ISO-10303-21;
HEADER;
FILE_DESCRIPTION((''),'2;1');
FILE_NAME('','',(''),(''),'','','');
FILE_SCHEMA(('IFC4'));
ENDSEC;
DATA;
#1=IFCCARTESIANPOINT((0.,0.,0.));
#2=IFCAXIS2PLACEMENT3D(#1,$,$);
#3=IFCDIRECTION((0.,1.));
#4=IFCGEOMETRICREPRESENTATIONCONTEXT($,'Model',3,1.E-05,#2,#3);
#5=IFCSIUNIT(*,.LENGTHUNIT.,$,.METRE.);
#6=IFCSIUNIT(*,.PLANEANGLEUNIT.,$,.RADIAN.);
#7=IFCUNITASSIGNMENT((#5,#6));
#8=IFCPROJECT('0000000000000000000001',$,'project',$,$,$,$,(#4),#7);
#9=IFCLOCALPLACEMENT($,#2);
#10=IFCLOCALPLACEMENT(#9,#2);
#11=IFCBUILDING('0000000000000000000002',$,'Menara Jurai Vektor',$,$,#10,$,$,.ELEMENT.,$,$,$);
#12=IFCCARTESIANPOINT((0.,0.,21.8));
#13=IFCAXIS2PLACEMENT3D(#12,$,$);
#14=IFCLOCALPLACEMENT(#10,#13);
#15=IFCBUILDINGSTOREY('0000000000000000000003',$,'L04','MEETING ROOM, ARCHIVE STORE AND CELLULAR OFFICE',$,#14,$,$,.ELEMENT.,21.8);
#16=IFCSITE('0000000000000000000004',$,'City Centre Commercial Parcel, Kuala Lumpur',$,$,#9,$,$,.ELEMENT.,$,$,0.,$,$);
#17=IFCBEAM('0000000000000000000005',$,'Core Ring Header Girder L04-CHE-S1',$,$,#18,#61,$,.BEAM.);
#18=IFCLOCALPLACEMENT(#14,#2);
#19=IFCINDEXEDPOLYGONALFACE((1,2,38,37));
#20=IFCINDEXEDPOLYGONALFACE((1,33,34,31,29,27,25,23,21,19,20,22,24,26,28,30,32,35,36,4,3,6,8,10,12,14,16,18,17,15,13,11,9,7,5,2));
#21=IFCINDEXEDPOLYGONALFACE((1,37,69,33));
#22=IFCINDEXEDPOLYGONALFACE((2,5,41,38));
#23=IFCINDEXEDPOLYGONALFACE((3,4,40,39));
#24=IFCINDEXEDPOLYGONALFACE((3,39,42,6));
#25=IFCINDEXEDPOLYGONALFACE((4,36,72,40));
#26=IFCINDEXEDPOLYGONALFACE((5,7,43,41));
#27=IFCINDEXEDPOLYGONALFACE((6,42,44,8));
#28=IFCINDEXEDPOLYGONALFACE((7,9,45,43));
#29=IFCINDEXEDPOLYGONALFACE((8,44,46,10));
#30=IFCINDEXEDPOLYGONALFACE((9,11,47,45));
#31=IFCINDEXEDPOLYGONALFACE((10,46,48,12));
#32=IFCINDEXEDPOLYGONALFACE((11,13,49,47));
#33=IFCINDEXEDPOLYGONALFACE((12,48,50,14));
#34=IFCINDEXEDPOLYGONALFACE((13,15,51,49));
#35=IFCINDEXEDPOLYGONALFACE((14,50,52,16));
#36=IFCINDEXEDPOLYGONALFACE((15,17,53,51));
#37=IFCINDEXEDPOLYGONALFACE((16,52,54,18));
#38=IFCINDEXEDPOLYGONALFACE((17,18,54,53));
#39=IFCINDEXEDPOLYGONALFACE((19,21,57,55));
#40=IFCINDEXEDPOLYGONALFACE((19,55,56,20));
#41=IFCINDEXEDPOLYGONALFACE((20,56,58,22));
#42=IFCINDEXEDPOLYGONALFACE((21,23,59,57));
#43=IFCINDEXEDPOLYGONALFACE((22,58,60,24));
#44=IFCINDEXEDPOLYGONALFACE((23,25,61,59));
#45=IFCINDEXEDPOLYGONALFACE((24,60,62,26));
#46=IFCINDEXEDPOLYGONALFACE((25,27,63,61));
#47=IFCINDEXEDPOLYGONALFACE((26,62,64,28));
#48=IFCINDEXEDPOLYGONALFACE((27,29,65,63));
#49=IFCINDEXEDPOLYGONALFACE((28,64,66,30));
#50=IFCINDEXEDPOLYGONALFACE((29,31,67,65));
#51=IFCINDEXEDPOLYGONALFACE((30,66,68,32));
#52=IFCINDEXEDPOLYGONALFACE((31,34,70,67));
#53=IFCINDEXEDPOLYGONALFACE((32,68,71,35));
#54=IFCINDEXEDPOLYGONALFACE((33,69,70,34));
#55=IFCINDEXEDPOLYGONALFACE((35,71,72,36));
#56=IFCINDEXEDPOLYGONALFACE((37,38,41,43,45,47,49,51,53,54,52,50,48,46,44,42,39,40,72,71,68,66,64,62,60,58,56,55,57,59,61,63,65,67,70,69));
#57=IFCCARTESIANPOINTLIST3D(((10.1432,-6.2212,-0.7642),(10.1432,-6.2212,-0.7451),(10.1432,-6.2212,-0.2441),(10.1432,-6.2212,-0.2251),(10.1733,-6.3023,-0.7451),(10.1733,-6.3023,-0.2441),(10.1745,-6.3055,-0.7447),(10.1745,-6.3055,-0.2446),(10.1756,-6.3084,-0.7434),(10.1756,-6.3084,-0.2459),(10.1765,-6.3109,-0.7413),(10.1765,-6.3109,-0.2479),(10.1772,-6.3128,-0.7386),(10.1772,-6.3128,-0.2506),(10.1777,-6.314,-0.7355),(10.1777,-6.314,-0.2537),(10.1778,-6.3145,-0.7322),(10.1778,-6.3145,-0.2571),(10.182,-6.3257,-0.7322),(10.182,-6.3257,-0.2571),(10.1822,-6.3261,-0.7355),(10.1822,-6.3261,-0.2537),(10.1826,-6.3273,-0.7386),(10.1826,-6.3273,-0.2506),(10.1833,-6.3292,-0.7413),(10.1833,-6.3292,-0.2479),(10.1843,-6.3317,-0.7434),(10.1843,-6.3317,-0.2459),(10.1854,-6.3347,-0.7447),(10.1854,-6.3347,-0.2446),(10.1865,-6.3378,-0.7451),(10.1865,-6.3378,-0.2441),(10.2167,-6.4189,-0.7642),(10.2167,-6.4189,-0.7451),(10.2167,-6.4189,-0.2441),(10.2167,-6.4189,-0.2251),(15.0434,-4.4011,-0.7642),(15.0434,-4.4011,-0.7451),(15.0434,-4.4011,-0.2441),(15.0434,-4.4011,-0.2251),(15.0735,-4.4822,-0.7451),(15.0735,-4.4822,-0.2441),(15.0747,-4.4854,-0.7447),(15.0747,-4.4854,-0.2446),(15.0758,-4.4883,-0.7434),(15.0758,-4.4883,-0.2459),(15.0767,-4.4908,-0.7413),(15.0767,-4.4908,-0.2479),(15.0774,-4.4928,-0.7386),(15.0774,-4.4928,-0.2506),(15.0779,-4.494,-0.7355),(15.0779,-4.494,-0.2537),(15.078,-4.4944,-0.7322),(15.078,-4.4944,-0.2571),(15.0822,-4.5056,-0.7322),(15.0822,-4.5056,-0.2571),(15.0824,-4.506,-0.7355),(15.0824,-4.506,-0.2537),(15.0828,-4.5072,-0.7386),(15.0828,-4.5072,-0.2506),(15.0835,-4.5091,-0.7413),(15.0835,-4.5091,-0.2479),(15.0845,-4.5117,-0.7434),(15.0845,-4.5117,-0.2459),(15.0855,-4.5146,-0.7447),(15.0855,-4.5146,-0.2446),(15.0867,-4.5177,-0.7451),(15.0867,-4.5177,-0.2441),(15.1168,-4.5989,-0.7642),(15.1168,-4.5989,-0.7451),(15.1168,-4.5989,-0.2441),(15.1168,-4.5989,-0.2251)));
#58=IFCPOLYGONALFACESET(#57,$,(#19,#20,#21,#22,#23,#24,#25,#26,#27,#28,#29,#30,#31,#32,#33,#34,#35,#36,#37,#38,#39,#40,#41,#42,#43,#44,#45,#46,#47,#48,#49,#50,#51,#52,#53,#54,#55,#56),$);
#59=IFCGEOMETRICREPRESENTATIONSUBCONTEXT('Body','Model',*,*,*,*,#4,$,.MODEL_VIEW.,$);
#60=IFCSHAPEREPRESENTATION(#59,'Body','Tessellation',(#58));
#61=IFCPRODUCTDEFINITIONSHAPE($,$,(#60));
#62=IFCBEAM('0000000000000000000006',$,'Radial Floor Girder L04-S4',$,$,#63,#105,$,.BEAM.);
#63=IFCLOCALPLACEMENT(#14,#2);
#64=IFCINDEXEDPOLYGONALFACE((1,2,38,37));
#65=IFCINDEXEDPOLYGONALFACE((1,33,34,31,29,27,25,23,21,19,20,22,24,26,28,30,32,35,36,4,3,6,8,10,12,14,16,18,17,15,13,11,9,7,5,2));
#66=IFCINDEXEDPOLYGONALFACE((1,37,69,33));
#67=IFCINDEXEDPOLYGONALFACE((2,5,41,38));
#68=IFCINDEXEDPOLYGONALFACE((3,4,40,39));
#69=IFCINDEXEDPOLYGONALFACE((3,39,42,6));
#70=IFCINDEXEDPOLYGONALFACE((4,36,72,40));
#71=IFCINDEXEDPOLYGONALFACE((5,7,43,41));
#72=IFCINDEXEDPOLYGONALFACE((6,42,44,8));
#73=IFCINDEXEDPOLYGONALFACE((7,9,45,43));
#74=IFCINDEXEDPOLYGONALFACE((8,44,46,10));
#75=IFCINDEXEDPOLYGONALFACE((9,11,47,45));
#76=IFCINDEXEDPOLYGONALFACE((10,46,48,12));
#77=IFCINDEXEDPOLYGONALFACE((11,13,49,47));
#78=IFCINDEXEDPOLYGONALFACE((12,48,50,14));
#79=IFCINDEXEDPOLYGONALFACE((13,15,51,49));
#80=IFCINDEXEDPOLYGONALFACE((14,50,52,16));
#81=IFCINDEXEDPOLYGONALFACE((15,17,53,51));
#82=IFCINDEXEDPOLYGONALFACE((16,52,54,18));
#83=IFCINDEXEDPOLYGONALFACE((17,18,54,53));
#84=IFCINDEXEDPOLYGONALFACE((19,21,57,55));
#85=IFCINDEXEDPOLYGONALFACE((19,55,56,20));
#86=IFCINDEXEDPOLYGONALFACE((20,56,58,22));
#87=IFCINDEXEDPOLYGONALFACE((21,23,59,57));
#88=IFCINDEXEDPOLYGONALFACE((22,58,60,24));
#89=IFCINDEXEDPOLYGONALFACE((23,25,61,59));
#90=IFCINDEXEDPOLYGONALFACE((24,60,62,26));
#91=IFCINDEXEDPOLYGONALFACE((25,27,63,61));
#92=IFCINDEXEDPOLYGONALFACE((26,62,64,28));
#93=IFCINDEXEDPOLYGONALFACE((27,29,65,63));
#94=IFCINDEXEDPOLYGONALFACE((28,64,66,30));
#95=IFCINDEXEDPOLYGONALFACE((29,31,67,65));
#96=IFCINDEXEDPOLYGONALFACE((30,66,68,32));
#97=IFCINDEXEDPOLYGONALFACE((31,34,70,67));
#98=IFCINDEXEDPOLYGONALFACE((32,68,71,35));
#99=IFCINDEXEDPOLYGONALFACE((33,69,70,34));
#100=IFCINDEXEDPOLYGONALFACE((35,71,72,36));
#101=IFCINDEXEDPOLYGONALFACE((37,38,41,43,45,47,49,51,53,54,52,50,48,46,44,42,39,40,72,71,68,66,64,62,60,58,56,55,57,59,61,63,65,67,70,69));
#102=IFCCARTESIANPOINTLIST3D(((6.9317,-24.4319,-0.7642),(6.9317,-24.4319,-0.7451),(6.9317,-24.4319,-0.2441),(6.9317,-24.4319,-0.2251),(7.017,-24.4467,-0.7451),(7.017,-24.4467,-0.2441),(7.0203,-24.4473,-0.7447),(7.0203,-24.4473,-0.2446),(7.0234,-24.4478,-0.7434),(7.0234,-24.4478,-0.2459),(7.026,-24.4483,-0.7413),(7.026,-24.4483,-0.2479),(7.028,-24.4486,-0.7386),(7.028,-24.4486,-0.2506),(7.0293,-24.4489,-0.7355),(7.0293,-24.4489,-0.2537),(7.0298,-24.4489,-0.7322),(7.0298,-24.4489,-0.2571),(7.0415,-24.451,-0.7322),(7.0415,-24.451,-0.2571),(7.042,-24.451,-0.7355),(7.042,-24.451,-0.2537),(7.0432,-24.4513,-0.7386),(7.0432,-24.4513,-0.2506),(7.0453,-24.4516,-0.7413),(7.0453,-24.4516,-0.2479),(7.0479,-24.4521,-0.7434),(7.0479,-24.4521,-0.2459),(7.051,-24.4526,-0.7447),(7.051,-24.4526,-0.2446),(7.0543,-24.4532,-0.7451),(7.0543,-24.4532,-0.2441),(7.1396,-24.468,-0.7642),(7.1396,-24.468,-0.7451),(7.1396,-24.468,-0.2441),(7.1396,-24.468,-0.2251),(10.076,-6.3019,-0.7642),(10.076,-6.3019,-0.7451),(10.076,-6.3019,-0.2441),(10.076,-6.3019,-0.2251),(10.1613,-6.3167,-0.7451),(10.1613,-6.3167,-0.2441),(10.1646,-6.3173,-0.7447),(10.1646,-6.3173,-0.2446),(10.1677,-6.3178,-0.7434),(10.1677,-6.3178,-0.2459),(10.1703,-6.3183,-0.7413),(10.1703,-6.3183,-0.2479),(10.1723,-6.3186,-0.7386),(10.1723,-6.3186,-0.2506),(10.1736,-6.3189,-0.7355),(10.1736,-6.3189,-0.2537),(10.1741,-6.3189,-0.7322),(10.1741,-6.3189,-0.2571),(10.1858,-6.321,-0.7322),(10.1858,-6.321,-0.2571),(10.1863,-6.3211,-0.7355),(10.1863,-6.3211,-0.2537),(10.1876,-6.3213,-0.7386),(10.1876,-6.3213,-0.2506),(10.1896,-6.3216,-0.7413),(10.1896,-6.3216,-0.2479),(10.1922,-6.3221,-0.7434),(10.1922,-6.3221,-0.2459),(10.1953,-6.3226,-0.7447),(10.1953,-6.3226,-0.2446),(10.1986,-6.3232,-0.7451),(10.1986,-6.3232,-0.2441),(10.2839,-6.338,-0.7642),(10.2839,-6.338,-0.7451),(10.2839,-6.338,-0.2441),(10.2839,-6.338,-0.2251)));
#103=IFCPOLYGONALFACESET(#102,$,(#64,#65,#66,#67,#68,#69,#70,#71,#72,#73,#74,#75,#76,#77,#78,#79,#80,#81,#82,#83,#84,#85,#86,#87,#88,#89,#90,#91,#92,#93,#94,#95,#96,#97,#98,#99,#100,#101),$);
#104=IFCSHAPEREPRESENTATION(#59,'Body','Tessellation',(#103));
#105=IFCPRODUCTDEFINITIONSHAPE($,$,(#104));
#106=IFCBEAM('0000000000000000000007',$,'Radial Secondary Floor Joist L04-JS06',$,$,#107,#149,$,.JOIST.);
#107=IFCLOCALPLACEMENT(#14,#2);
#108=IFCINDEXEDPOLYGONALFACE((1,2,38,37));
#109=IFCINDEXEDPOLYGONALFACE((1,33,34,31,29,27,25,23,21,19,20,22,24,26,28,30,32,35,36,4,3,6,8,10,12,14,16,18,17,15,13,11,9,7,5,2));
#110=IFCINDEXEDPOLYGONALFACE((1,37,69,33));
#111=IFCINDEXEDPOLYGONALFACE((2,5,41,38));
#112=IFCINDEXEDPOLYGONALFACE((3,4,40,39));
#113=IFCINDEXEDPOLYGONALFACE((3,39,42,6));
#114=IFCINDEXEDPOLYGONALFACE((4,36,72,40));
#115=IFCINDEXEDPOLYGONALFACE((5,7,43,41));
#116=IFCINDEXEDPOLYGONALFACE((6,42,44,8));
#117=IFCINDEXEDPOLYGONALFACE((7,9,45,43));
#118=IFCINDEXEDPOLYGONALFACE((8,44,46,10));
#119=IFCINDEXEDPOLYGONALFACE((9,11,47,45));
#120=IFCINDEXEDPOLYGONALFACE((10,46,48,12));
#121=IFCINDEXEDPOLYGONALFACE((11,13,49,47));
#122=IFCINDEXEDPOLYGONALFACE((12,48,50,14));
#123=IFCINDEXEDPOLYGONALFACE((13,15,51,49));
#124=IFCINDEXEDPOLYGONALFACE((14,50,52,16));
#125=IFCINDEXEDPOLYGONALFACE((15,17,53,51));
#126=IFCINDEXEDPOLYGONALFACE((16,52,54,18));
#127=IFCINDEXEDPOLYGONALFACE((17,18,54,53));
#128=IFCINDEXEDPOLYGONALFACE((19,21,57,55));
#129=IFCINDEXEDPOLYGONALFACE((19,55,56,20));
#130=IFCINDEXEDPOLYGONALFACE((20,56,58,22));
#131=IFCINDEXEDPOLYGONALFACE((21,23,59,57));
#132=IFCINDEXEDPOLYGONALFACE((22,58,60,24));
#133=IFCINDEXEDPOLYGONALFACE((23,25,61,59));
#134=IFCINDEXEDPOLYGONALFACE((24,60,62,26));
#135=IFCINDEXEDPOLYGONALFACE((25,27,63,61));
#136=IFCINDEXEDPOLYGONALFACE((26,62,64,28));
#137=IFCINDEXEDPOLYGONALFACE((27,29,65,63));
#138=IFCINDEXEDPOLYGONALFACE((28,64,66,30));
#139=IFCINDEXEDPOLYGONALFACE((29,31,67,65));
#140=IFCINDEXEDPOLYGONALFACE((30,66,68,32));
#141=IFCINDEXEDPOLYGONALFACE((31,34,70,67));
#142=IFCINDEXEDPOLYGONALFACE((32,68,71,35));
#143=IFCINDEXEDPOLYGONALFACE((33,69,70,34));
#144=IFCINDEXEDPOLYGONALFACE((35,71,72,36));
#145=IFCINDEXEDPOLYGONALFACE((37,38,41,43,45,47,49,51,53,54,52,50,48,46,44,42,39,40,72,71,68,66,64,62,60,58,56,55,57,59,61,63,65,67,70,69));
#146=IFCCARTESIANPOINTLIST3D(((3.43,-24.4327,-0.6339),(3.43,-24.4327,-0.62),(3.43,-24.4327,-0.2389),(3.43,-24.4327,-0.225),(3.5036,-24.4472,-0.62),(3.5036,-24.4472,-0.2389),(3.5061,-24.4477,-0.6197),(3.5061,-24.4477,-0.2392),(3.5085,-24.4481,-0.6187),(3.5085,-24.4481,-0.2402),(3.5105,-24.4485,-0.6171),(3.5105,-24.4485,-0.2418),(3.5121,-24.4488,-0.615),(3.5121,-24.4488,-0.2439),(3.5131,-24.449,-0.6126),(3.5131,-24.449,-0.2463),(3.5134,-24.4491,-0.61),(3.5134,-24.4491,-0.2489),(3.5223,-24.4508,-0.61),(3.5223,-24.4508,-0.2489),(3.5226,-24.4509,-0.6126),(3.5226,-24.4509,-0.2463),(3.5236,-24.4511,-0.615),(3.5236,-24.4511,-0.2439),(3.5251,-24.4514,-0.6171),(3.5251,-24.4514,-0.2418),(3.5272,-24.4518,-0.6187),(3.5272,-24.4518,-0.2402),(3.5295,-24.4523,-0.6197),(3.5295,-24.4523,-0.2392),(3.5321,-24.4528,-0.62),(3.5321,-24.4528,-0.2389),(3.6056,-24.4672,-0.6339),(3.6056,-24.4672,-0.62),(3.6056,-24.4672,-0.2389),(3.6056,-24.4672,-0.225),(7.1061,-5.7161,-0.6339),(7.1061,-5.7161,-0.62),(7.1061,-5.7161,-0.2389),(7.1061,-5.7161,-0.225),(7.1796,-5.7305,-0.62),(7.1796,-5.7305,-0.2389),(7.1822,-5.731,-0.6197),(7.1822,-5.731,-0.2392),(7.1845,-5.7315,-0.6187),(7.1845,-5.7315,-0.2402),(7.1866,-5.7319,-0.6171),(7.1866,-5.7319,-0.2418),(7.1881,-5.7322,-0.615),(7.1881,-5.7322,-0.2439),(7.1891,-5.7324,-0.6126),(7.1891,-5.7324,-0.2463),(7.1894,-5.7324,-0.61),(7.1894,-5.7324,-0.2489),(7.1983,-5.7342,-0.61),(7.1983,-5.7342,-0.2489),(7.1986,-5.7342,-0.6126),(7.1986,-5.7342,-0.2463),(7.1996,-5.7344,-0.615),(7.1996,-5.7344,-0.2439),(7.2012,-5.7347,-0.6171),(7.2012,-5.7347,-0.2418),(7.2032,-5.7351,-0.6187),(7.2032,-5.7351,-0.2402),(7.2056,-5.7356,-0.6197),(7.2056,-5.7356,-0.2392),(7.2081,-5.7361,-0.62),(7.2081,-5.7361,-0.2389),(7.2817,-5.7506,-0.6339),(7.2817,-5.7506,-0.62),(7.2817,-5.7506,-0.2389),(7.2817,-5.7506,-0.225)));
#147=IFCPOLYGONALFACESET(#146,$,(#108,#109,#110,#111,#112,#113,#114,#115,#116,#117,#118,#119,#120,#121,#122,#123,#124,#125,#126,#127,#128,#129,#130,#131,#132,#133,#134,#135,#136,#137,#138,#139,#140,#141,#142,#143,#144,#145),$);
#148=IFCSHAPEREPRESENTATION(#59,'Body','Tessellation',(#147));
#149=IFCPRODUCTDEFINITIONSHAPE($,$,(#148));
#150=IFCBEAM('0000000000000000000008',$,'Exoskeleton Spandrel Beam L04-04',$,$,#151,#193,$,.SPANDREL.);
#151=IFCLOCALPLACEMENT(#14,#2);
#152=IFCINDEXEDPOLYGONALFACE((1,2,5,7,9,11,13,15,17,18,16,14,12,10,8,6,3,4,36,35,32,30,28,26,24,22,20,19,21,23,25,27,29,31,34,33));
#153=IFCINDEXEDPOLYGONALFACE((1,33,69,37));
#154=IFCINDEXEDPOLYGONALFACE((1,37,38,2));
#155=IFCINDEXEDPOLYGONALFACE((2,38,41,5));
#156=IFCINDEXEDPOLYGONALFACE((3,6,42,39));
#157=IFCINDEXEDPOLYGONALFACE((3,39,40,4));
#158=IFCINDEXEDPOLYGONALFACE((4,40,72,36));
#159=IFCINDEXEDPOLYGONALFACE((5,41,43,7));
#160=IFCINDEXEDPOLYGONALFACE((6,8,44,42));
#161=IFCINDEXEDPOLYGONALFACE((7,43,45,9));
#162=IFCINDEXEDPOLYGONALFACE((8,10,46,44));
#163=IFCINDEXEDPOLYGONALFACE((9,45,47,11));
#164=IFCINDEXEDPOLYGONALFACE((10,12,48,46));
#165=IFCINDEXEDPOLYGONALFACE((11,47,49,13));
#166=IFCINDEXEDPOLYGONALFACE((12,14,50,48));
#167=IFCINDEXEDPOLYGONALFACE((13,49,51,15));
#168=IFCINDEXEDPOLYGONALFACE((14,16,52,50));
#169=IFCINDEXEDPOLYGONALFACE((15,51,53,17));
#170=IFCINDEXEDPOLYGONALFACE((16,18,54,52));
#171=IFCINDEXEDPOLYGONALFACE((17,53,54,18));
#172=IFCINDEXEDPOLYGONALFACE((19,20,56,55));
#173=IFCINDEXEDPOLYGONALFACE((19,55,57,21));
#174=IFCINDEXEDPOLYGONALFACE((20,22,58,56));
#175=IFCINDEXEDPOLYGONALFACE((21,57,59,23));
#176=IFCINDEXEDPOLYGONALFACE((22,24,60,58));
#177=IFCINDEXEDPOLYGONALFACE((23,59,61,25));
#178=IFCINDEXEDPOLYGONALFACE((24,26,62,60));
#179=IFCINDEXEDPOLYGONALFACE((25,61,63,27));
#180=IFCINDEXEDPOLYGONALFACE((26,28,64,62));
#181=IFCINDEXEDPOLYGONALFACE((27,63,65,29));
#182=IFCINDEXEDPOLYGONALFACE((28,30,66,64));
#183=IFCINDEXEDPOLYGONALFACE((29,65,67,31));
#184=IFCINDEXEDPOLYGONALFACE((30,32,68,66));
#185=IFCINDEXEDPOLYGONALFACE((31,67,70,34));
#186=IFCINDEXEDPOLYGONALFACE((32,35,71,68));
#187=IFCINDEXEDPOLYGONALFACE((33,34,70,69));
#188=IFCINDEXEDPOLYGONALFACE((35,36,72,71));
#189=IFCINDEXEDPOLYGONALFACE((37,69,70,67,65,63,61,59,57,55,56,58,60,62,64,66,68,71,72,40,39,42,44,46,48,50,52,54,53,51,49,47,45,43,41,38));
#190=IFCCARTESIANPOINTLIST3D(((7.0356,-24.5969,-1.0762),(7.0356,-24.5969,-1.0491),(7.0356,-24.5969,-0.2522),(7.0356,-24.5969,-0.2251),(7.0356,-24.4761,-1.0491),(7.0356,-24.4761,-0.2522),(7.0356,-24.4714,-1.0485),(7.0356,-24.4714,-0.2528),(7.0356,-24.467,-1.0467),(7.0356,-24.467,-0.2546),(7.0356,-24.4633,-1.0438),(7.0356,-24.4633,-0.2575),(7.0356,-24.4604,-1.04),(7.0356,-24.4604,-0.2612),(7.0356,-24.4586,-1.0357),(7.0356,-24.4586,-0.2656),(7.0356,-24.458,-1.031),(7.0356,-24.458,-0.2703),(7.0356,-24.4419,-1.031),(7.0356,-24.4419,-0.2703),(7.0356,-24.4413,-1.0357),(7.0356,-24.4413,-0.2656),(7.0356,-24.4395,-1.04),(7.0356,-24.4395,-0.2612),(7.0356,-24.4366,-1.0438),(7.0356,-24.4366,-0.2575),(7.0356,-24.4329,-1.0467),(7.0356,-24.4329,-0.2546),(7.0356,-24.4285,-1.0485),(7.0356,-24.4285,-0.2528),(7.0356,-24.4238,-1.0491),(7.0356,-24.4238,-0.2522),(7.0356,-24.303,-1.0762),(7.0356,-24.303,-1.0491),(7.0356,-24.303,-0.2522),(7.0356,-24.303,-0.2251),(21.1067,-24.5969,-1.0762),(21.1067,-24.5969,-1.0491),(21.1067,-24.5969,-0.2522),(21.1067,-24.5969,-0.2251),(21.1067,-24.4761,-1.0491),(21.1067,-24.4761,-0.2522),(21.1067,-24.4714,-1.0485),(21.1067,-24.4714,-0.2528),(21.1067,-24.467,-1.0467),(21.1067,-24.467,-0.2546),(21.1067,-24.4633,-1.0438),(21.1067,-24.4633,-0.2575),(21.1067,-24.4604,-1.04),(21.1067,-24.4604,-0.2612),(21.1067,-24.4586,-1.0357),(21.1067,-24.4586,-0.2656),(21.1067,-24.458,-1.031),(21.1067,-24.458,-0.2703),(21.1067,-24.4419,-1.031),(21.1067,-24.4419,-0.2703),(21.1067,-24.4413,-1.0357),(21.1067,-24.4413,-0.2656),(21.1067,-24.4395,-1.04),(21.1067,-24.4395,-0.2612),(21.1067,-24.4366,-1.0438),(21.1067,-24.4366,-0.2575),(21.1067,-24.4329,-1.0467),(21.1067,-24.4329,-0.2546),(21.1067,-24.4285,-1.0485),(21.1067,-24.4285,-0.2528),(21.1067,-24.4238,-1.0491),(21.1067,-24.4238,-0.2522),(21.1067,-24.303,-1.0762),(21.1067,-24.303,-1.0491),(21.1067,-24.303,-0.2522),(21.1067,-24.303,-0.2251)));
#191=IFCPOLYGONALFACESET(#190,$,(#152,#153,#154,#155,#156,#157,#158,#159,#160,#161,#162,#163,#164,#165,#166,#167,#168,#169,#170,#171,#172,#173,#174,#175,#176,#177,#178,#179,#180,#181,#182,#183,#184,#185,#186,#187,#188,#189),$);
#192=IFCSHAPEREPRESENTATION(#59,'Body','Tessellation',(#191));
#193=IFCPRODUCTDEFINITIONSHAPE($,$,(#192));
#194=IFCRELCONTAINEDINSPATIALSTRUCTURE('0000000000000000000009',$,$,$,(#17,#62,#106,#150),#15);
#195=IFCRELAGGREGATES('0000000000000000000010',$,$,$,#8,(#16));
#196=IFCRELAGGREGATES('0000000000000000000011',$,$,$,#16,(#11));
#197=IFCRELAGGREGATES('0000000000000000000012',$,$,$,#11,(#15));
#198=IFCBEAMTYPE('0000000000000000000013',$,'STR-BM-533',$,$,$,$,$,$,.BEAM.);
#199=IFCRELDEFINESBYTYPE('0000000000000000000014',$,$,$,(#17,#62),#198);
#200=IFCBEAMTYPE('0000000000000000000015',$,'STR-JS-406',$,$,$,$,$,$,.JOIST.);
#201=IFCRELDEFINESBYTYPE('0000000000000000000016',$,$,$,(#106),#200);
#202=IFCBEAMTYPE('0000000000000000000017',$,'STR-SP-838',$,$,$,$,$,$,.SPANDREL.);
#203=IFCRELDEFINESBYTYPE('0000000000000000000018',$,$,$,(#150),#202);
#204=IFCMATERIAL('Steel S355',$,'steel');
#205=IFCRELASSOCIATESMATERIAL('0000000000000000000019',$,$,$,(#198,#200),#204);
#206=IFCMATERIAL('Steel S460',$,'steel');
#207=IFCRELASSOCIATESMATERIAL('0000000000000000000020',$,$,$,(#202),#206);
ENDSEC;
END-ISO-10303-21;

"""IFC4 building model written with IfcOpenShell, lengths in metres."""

from ifc_helpers import new_model, si_unit, direction, frame, origin, origin_2d, place, context, subcontext, project, spatial, i_section, extrude, material, material_profile, profile_set, type_object, element, save


model = new_model("IFC4")

# Units and contexts
model_context = context("Model", 3, precision=1e-05, world=origin(), true_north=direction((0.0, 1.0)))
body_context = subcontext(model_context, "Body", "Model", "MODEL_VIEW")
ifc_project = project(units=[si_unit("LENGTHUNIT", "METRE"), si_unit("PLANEANGLEUNIT", "RADIAN")], contexts=[model_context])

# Site, building, storey
site_placement = place(None, origin())
site = spatial("IfcSite", under=ifc_project, at=site_placement, Name="City Centre Commercial Parcel, Kuala Lumpur", CompositionType="ELEMENT", RefElevation=0.0)
building_placement = place(site_placement, origin())
building = spatial("IfcBuilding", under=site, at=building_placement, Name="Menara Jurai Vektor", CompositionType="ELEMENT")
storey_placement = place(building_placement, frame((0.0, 0.0, 21.8)))
storey = spatial("IfcBuildingStorey", under=building, at=storey_placement, Name="L04", Description="MEETING ROOM, ARCHIVE STORE AND CELLULAR OFFICE", CompositionType="ELEMENT", Elevation=21.8)

# Shared definitions
ifc_material_1 = material(Name="Steel S460", Category="steel")

# Beams
ifc_material_2 = material(Name="Steel S355", Category="steel")
ifc_material_profile_1 = material_profile(ifc_material_2, i_section(OverallWidth=0.2109, OverallDepth=0.5391, WebThickness=0.012, FlangeThickness=0.019, FilletRadius=0.0129, at=origin_2d()), Name="UKB 533x210x109")
ifc_profile_set_1 = profile_set([ifc_material_profile_1], Name="Steel S355")
beam_type_1 = type_object("IfcBeamType", Name="STR-BM-533", PredefinedType="BEAM", material=ifc_profile_set_1)
beam_1_placement = place(storey_placement, frame((10.1799, -6.3201, -0.4946), z_axis=(0.937424, 0.348189, 0.0), x_axis=(-0.348189, 0.937424, 0.0)))
element("IfcBeam", 1, at=beam_1_placement, inside=storey, type_object=beam_type_1, Name="Core Ring Header Girder L04-CHE-S1", PredefinedType="BEAM", context=body_context, shape_type="SweptSolid", body=[
    extrude(i_section(OverallWidth=0.2109, OverallDepth=0.5391, WebThickness=0.012, FlangeThickness=0.019, FilletRadius=0.0129, at=origin_2d()), origin(), (0.0, 0.0, 1.0), 5.2273),
])
beam_2_placement = place(storey_placement, frame((7.0356, -24.45, -0.4946), z_axis=(0.17088, 0.985292, 0.0), x_axis=(-0.985292, 0.17088, 0.0)))
element("IfcBeam", 2, at=beam_2_placement, inside=storey, type_object=beam_type_1, Name="Radial Floor Girder L04-S4", PredefinedType="BEAM", context=body_context, shape_type="SweptSolid", body=[
    extrude(i_section(OverallWidth=0.2109, OverallDepth=0.5391, WebThickness=0.012, FlangeThickness=0.019, FilletRadius=0.0129, at=origin_2d()), origin(), (0.0, 0.0, 1.0), 18.4006),
])
ifc_material_profile_2 = material_profile(ifc_material_2, i_section(OverallWidth=0.179, OverallDepth=0.4089, WebThickness=0.009, FlangeThickness=0.0139, FilletRadius=0.01, at=origin_2d()), Name="UKB 406x178x67")
ifc_profile_set_2 = profile_set([ifc_material_profile_2], Name="Steel S355")
beam_type_2 = type_object("IfcBeamType", Name="STR-JS-406", PredefinedType="JOIST", material=ifc_profile_set_2)
beam_3_placement = place(storey_placement, frame((3.5178, -24.45, -0.4294), z_axis=(0.192723, 0.981253, 0.0), x_axis=(-0.981253, 0.192723, 0.0)))
element("IfcBeam", 3, at=beam_3_placement, inside=storey, type_object=beam_type_2, Name="Radial Secondary Floor Joist L04-JS06", PredefinedType="JOIST", context=body_context, shape_type="SweptSolid", body=[
    extrude(i_section(OverallWidth=0.179, OverallDepth=0.4089, WebThickness=0.009, FlangeThickness=0.0139, FilletRadius=0.01, at=origin_2d()), origin(), (0.0, 0.0, 1.0), 19.0742),
])
ifc_material_profile_3 = material_profile(ifc_material_1, i_section(OverallWidth=0.2939, OverallDepth=0.8511, WebThickness=0.0161, FlangeThickness=0.0271, FilletRadius=0.0181, at=origin_2d()), Name="UKB 838x292x226")
ifc_profile_set_3 = profile_set([ifc_material_profile_3], Name="Steel S460")
beam_type_3 = type_object("IfcBeamType", Name="STR-SP-838", PredefinedType="SPANDREL", material=ifc_profile_set_3)
beam_4_placement = place(storey_placement, frame((7.0356, -24.45, -0.6506), z_axis=(1.0, 0.0, 0.0), x_axis=(0.0, 1.0, 0.0)))
element("IfcBeam", 4, at=beam_4_placement, inside=storey, type_object=beam_type_3, Name="Exoskeleton Spandrel Beam L04-04", PredefinedType="SPANDREL", context=body_context, shape_type="SweptSolid", body=[
    extrude(i_section(OverallWidth=0.2939, OverallDepth=0.8511, WebThickness=0.0161, FlangeThickness=0.0271, FilletRadius=0.0181, at=origin_2d()), origin(), (0.0, 0.0, 1.0), 14.071),
])

save(model, "model.ifc")
